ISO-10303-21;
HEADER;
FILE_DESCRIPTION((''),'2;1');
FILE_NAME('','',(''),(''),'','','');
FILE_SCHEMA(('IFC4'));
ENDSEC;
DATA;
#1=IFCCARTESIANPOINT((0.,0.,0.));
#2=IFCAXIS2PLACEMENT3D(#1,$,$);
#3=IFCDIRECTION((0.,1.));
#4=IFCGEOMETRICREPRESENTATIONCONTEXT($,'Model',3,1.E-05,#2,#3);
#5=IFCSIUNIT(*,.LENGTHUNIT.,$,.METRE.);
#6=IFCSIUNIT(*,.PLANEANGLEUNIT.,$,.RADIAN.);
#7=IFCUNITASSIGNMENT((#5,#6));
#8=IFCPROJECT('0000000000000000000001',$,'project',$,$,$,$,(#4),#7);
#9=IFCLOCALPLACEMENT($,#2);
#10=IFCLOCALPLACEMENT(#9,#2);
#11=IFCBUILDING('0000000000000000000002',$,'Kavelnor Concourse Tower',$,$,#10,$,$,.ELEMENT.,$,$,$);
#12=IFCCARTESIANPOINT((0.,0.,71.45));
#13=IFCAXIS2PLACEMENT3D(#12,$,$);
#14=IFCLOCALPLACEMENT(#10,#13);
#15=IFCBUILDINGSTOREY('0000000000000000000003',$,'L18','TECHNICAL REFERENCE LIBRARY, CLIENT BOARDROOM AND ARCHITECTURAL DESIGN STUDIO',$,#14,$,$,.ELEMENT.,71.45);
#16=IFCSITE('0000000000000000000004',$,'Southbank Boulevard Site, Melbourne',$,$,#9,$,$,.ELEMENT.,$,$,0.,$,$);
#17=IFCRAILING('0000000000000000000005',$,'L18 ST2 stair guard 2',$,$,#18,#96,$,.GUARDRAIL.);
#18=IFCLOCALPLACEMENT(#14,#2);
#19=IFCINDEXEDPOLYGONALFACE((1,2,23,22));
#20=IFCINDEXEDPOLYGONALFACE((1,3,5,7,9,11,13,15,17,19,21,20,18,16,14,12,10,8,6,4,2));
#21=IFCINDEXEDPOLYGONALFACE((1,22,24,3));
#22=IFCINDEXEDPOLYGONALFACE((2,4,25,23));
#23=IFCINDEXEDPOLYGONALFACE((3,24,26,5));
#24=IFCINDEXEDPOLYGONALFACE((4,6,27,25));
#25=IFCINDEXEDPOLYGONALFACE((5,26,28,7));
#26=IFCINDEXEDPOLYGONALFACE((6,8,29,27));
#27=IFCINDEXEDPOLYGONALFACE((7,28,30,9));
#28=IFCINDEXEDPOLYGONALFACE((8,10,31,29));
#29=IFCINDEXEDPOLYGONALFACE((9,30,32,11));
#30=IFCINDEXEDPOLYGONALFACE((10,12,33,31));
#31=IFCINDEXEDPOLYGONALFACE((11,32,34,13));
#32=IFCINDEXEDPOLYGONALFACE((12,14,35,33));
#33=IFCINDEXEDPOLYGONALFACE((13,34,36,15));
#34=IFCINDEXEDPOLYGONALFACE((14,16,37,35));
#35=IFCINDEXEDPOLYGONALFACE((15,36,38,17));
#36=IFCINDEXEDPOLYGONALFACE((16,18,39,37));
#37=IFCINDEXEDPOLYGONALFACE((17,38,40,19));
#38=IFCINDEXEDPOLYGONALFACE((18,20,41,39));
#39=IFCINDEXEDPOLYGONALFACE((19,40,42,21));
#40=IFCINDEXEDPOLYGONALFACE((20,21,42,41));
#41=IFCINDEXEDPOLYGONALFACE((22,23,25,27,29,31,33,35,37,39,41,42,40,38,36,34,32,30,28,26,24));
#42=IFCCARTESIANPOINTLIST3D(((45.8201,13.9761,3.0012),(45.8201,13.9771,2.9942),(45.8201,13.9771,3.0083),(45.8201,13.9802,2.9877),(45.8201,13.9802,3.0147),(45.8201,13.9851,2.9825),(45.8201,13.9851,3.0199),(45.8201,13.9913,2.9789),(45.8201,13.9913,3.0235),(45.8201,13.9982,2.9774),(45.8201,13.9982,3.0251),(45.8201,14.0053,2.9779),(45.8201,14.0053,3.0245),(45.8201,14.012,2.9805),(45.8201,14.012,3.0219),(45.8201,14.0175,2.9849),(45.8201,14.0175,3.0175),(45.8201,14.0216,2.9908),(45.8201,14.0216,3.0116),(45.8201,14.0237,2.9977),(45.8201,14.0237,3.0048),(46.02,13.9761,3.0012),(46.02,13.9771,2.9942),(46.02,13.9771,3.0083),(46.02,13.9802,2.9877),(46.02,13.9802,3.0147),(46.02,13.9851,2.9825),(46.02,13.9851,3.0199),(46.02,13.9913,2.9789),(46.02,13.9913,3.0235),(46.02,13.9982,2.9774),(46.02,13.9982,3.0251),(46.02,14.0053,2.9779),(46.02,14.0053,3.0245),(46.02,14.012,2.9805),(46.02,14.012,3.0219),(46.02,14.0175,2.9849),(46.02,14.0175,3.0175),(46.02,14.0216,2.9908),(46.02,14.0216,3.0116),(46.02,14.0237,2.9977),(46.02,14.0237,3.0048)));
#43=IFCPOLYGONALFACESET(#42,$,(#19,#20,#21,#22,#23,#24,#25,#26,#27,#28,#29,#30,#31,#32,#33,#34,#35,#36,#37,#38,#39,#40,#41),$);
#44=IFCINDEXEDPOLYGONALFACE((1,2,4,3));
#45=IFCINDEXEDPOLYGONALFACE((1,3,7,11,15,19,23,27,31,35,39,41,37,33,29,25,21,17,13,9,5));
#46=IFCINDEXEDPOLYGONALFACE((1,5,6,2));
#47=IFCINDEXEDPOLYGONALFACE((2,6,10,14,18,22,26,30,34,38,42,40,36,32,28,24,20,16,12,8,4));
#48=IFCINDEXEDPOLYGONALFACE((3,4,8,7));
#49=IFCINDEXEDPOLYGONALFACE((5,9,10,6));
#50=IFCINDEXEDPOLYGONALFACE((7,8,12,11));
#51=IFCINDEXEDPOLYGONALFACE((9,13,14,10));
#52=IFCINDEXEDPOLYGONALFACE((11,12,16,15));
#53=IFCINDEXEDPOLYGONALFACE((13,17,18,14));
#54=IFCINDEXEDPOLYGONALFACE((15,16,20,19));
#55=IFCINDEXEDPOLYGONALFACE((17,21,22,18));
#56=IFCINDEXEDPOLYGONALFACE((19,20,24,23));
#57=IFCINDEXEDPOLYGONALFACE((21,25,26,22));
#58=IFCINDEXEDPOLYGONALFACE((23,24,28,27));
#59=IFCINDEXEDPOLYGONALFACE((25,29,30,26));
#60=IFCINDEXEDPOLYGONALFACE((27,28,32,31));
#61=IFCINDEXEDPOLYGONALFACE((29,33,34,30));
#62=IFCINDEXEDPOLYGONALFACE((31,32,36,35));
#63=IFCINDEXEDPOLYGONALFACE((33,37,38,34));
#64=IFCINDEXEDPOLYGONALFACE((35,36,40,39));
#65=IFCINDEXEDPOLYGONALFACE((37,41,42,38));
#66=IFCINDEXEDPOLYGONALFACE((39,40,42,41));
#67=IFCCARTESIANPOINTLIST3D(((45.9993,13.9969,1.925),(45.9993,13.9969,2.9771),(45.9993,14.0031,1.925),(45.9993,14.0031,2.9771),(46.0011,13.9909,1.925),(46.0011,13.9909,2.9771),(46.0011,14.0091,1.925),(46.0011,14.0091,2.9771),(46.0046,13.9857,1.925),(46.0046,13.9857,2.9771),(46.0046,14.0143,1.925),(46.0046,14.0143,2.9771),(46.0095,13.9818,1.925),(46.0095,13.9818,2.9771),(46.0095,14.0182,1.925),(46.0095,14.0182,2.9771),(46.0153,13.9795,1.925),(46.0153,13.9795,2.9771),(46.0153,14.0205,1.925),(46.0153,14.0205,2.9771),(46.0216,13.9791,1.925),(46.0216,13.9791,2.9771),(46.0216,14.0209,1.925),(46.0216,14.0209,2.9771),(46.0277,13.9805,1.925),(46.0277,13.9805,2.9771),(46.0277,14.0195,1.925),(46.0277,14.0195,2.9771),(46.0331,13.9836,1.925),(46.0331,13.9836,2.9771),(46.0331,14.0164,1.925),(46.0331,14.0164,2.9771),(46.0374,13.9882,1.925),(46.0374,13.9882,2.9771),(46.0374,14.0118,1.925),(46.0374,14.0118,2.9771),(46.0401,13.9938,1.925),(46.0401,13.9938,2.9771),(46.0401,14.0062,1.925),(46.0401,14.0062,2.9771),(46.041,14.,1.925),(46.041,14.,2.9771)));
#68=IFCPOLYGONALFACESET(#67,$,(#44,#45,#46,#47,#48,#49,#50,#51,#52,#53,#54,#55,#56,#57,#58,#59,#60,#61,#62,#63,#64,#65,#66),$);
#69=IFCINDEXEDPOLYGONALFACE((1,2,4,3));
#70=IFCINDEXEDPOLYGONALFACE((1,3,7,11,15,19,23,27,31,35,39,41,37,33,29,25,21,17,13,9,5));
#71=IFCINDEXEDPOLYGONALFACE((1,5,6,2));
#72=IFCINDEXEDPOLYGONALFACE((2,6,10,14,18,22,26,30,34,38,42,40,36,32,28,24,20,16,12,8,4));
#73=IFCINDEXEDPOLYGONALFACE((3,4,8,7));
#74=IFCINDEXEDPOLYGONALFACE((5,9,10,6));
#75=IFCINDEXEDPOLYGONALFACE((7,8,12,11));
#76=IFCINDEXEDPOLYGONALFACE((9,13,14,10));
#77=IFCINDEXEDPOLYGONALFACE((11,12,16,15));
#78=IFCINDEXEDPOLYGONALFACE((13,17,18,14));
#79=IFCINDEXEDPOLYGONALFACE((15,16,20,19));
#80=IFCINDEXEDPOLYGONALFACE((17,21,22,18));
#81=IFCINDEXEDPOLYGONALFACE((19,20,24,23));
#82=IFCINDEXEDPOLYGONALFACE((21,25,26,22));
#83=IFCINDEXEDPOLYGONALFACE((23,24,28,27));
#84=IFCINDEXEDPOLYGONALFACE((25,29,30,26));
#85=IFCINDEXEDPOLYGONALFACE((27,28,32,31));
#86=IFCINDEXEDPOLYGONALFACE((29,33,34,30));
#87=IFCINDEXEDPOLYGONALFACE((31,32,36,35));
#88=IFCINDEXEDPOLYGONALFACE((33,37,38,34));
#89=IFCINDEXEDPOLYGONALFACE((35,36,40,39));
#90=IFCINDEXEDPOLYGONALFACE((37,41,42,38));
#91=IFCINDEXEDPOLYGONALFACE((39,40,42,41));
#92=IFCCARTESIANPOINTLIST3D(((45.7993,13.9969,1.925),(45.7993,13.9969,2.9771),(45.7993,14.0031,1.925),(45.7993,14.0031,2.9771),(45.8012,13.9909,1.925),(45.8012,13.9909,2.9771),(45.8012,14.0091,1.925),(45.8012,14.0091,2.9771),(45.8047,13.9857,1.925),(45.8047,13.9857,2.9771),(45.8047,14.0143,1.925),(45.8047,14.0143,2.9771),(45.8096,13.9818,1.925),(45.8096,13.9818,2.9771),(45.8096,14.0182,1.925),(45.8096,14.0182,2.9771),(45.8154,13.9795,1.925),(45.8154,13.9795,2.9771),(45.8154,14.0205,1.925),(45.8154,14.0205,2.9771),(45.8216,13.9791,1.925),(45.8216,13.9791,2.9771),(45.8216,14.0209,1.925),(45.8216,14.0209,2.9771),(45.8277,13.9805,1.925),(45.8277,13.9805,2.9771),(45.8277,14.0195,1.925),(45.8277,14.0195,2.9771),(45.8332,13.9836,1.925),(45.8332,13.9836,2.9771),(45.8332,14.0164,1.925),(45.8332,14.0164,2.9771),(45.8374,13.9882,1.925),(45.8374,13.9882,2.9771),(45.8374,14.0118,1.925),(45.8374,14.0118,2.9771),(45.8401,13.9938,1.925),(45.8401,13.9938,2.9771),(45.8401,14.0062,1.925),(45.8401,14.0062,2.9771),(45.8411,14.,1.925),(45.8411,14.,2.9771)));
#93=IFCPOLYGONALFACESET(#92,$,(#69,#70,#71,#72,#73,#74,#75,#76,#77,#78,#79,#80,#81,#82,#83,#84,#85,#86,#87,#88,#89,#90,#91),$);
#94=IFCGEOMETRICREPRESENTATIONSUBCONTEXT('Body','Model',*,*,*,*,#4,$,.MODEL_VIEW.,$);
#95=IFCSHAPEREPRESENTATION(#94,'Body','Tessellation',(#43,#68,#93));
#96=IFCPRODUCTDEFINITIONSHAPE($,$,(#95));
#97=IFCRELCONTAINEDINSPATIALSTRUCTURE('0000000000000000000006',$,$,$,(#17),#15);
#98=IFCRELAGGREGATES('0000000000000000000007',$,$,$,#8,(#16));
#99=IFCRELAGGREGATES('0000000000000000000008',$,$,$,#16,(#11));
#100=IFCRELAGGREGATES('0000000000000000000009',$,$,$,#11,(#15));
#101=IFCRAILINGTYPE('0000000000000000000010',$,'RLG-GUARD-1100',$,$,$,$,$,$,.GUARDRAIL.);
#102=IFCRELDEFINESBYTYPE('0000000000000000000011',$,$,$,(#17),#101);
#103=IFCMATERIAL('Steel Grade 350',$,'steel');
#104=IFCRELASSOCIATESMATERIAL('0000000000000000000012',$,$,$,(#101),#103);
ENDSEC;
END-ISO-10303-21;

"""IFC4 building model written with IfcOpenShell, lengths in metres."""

from ifc_helpers import new_model, si_unit, direction, frame, origin, origin_2d, place, context, subcontext, project, spatial, circle, extrude, material, type_object, element, save


model = new_model("IFC4")

# Units and contexts
model_context = context("Model", 3, precision=1e-05, world=origin(), true_north=direction((0.0, 1.0)))
body_context = subcontext(model_context, "Body", "Model", "MODEL_VIEW")
ifc_project = project(units=[si_unit("LENGTHUNIT", "METRE"), si_unit("PLANEANGLEUNIT", "RADIAN")], contexts=[model_context])

# Site, building, storey
site_placement = place(None, origin())
site = spatial("IfcSite", under=ifc_project, at=site_placement, Name="Southbank Boulevard Site, Melbourne", CompositionType="ELEMENT", RefElevation=0.0)
building_placement = place(site_placement, origin())
building = spatial("IfcBuilding", under=site, at=building_placement, Name="Kavelnor Concourse Tower", CompositionType="ELEMENT")
storey_placement = place(building_placement, frame((0.0, 0.0, 71.45)))
storey = spatial("IfcBuildingStorey", under=building, at=storey_placement, Name="L18", Description="TECHNICAL REFERENCE LIBRARY, CLIENT BOARDROOM AND ARCHITECTURAL DESIGN STUDIO", CompositionType="ELEMENT", Elevation=71.45)

# Shared definitions
ifc_material_1 = material(Name="Steel Grade 350", Category="steel")

# Railing
railing_type_1 = type_object("IfcRailingType", Name="RLG-GUARD-1100", PredefinedType="GUARDRAIL", material=ifc_material_1)
railing_1_placement = place(storey_placement, frame((46.02, 14.0, 1.925)))
element("IfcRailing", 1, at=railing_1_placement, inside=storey, type_object=railing_type_1, Name="L18 ST2 stair guard 2", PredefinedType="GUARDRAIL", context=body_context, shape_type="SweptSolid", body=[
    extrude(circle(Radius=0.0239, at=origin_2d()), frame((0.0, 0.0, 1.0762), z_axis=(-1.0, 0.0, 0.0), x_axis=(0.0, -1.0, 0.0)), (0.0, 0.0, 1.0), 0.2),
    extrude(circle(Radius=0.021, at=origin_2d()), origin(), (0.0, 0.0, 1.0), 1.052),
    extrude(circle(Radius=0.021, at=origin_2d()), frame((-0.2, 0.0, 0.0)), (0.0, 0.0, 1.0), 1.052),
])

save(model, "model.ifc")
